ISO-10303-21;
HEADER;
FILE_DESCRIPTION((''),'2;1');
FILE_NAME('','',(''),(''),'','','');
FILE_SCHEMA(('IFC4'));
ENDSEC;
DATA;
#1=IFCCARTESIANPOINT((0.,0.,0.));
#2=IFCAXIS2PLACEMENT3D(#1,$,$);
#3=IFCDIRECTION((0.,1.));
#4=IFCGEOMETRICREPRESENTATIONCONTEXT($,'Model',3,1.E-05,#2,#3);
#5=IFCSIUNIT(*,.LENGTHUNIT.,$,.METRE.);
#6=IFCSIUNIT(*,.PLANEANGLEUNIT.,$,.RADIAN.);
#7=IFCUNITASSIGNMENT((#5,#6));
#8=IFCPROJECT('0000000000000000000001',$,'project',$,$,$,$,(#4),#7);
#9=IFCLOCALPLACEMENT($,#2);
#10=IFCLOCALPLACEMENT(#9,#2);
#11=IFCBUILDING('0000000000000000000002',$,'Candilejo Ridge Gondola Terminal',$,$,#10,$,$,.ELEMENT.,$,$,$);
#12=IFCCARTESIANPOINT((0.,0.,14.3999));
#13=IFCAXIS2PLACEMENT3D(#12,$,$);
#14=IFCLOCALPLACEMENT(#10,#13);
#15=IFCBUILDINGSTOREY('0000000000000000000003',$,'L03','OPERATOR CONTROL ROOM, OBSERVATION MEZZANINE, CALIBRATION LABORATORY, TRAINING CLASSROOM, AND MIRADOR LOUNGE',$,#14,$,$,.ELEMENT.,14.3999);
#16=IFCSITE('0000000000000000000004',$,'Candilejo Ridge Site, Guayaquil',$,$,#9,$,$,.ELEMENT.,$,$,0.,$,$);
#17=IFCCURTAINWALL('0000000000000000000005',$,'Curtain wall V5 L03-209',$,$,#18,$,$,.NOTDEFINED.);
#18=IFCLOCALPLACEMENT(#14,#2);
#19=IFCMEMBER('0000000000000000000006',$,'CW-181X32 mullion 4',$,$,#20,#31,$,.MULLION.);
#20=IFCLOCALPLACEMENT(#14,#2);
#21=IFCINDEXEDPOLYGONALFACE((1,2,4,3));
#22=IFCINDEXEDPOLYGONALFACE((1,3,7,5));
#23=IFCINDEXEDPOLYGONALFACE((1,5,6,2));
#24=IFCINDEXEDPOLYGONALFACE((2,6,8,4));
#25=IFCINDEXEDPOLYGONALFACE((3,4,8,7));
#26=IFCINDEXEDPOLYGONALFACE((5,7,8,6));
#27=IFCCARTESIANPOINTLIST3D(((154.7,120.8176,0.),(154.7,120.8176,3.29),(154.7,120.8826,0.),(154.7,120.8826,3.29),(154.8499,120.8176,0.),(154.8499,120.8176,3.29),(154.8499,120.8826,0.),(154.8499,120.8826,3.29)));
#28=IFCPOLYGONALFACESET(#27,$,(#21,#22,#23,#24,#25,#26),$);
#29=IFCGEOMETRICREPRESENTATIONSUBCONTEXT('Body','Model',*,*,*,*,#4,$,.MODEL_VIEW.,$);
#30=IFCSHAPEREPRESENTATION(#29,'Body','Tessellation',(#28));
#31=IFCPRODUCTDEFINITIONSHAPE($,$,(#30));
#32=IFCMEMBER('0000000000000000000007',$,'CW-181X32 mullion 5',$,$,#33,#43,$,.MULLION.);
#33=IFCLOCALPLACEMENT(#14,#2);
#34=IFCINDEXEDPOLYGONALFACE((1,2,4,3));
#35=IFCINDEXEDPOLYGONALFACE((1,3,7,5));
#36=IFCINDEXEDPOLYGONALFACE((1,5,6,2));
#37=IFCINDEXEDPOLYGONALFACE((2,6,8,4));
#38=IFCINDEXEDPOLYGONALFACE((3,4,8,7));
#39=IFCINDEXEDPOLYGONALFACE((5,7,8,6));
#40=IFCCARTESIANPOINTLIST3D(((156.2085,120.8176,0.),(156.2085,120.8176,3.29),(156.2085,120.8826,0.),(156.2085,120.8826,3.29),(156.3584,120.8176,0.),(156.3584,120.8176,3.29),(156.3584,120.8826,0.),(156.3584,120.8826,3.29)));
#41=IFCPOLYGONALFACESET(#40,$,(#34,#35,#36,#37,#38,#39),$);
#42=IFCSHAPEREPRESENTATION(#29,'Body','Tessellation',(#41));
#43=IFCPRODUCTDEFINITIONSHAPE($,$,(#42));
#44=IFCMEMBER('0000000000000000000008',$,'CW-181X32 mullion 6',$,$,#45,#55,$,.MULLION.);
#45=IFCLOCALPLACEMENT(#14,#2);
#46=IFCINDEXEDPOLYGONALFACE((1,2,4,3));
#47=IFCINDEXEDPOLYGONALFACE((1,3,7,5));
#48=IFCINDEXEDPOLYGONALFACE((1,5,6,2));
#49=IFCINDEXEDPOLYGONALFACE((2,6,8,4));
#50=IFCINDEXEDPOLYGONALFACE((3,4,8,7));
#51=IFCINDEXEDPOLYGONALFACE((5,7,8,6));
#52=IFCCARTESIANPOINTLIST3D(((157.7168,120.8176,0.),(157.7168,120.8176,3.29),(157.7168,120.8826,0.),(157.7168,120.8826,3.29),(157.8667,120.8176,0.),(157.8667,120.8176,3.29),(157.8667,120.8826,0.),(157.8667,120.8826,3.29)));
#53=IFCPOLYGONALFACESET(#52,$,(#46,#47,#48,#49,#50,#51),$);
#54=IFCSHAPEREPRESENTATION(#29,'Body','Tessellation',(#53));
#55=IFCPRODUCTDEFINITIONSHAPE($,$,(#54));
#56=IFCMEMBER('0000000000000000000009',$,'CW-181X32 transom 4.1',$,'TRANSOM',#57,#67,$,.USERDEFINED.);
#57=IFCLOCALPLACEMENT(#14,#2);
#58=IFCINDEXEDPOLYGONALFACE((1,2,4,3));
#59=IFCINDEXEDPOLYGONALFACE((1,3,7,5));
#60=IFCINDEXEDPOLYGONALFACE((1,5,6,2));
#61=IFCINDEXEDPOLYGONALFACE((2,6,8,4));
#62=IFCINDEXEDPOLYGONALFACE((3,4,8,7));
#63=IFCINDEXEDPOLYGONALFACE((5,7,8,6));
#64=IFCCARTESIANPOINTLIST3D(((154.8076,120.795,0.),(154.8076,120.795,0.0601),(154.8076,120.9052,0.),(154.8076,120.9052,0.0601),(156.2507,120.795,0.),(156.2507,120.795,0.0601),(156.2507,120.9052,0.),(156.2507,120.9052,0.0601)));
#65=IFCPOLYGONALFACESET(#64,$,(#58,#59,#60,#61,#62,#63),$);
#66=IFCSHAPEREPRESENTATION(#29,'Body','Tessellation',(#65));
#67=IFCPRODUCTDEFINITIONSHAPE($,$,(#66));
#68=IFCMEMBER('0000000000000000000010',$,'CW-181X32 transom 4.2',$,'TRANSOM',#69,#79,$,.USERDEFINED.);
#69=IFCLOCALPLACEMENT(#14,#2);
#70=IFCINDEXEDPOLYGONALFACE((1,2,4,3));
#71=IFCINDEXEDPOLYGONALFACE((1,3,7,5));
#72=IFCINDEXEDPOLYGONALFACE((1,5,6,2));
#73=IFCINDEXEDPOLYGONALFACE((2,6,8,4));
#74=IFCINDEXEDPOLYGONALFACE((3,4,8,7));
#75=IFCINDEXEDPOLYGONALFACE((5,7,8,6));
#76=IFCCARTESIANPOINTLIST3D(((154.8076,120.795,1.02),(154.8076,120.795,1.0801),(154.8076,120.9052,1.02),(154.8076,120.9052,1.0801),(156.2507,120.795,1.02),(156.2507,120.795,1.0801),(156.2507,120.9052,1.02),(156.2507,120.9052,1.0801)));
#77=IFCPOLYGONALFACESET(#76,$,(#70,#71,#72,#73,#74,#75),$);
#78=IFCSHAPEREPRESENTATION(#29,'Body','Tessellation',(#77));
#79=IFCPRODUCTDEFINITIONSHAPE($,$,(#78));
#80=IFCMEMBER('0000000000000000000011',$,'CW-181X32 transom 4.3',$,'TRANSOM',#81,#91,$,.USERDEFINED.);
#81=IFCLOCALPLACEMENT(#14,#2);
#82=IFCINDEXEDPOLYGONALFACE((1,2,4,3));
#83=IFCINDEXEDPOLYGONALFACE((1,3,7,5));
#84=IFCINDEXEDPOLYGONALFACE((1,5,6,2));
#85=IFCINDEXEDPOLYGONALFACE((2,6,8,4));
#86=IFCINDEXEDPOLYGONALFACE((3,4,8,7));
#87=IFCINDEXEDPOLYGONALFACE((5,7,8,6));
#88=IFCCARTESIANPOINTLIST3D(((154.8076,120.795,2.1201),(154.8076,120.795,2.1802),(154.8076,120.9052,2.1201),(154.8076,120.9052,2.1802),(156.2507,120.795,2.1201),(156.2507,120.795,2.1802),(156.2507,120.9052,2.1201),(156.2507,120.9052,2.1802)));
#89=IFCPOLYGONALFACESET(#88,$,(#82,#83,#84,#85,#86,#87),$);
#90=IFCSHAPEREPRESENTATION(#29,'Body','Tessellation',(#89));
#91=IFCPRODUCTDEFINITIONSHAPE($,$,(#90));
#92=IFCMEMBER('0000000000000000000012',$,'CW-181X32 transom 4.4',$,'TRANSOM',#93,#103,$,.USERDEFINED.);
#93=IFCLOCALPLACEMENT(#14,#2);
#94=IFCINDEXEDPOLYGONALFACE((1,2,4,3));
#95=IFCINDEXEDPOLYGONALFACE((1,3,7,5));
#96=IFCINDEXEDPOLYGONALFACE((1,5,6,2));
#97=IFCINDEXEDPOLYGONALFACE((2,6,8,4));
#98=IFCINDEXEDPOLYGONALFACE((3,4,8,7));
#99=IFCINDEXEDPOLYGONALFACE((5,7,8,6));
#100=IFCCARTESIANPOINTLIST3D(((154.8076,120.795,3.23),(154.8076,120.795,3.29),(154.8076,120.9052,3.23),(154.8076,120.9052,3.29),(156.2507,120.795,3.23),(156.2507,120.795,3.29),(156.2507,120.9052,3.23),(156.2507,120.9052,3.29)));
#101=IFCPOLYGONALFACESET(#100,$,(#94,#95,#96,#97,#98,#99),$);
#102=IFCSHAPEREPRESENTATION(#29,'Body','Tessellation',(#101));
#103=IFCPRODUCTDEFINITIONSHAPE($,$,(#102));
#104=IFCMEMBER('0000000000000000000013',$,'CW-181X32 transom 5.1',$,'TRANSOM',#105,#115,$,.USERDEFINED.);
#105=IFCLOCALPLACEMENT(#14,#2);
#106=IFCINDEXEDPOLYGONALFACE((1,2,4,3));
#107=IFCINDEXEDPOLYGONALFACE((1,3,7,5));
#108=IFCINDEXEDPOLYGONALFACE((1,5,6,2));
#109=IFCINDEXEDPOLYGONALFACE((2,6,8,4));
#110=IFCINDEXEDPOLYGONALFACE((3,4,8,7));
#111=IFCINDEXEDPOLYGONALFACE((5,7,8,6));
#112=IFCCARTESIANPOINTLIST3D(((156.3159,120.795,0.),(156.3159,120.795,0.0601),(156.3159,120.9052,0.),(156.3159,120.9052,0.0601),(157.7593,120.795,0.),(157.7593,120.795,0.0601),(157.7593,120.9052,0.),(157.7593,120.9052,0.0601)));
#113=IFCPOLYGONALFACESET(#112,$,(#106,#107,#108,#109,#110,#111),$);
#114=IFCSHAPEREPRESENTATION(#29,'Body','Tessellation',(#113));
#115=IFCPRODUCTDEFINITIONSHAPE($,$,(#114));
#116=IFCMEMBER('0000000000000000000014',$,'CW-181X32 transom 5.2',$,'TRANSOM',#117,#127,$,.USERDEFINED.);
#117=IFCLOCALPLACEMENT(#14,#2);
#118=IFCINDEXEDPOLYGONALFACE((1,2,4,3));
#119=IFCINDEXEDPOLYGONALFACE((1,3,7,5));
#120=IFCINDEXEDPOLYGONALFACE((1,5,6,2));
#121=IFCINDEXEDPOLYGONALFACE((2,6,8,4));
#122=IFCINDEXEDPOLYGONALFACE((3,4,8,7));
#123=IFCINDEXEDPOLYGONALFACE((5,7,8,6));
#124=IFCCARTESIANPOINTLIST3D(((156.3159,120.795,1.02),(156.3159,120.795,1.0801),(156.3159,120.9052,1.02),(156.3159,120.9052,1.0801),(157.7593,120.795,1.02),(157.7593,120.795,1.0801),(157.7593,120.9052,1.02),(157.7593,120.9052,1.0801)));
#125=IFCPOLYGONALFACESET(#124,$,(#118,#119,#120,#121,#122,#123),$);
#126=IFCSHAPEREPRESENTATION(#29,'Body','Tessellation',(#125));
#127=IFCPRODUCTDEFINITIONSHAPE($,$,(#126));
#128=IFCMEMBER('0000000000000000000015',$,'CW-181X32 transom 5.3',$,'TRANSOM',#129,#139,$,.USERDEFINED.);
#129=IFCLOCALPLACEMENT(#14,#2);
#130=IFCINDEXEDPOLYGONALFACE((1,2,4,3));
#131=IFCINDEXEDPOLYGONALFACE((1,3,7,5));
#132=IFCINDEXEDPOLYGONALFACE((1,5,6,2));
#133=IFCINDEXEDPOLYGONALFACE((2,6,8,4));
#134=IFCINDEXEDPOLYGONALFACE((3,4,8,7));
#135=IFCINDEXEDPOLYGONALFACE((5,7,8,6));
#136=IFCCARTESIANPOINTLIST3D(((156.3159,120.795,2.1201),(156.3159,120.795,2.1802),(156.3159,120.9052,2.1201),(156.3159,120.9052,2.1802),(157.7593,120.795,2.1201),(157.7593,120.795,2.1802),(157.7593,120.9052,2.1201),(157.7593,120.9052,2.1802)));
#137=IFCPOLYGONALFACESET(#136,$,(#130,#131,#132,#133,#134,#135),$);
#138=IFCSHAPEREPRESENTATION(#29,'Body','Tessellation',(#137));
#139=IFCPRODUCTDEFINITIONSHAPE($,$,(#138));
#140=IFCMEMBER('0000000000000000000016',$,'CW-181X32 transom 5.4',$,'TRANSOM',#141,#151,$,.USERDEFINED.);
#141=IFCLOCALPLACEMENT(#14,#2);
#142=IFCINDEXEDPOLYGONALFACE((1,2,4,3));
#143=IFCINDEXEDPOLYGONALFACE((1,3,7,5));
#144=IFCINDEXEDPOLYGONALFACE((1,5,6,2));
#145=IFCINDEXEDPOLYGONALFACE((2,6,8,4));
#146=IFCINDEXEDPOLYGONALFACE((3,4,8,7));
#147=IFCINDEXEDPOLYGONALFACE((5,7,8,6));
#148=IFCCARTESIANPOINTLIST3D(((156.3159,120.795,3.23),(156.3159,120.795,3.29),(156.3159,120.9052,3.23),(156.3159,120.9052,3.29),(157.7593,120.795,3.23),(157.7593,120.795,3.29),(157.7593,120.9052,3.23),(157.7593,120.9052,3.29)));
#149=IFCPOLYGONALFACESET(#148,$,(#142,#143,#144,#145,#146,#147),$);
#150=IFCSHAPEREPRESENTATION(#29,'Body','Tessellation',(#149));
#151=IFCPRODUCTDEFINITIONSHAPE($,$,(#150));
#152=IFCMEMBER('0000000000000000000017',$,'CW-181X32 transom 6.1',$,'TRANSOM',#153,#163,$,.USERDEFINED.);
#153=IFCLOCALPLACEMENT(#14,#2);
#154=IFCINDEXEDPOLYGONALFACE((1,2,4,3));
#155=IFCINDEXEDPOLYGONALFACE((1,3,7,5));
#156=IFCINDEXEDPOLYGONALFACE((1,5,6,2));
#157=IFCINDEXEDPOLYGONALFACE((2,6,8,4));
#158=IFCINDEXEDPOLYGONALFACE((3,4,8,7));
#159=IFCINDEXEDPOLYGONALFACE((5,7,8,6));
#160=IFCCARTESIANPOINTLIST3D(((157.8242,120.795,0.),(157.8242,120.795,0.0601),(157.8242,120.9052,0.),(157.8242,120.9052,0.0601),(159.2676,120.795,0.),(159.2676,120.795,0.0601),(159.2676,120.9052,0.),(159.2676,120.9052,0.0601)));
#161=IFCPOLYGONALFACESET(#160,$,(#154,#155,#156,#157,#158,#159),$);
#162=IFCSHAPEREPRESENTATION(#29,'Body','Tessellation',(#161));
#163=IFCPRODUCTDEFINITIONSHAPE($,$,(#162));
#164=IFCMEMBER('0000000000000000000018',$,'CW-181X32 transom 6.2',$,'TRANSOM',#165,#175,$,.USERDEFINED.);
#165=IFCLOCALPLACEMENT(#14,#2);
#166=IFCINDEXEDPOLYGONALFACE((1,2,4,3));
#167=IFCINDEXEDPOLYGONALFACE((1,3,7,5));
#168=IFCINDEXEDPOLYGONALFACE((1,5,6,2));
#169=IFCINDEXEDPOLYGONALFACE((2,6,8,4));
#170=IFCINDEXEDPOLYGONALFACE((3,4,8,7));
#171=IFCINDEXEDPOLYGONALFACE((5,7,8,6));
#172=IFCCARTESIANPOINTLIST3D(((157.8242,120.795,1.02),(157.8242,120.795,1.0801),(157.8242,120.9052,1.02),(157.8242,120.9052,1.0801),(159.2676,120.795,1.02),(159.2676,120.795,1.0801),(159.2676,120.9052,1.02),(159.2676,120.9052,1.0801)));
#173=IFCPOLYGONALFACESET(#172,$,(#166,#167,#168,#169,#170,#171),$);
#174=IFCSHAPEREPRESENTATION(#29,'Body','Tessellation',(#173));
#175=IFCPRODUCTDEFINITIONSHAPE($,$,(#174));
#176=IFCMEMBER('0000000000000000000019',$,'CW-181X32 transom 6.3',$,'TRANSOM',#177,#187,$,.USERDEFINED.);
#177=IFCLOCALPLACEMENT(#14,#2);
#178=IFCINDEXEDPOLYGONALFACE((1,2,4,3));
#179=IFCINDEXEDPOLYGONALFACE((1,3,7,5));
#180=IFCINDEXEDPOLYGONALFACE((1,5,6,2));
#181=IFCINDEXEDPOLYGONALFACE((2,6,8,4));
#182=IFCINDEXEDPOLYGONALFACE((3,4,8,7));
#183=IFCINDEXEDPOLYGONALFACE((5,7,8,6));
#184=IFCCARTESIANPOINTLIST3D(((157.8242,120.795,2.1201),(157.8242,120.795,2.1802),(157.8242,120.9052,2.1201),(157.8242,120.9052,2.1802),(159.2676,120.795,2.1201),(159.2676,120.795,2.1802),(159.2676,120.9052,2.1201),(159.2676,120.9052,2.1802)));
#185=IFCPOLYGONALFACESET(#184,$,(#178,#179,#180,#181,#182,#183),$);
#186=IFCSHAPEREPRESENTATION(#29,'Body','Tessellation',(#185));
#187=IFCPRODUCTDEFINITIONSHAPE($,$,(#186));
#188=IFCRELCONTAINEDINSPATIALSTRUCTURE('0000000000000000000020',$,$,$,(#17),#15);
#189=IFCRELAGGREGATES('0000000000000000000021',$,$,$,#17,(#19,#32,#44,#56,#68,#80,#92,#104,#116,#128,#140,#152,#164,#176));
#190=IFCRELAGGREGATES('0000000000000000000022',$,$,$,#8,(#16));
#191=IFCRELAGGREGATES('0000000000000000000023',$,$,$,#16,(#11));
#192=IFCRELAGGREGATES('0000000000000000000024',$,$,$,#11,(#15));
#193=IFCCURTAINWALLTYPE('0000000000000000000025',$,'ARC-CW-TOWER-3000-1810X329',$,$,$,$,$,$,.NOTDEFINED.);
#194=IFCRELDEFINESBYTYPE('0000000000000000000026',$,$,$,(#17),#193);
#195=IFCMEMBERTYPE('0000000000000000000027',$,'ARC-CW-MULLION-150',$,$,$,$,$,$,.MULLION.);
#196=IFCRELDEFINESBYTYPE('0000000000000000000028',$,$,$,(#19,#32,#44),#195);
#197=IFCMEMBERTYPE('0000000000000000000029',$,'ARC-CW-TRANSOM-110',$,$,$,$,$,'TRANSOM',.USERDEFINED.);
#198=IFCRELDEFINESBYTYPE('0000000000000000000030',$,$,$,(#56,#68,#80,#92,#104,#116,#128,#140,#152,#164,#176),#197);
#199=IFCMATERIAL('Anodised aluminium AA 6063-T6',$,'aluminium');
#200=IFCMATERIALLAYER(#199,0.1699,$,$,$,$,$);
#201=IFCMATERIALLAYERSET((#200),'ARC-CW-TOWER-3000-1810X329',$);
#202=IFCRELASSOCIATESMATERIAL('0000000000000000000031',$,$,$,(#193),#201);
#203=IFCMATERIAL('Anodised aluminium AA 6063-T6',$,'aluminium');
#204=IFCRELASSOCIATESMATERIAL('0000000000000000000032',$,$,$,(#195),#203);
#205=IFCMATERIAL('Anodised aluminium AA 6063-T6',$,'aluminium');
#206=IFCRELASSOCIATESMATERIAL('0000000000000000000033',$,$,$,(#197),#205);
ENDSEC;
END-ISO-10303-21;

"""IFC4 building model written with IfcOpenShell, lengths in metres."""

from ifc_helpers import new_model, si_unit, direction, frame, origin, origin_2d, place, context, subcontext, project, spatial, rectangle, extrude, material, layer, layer_set, material_profile, profile_set, type_object, element, aggregate, save


model = new_model("IFC4")

# Units and contexts
model_context = context("Model", 3, precision=1e-05, world=origin(), true_north=direction((0.0, 1.0)))
body_context = subcontext(model_context, "Body", "Model", "MODEL_VIEW")
ifc_project = project(units=[si_unit("LENGTHUNIT", "METRE"), si_unit("PLANEANGLEUNIT", "RADIAN")], contexts=[model_context])

# Site, building, storey
site_placement = place(None, origin())
site = spatial("IfcSite", under=ifc_project, at=site_placement, Name="Candilejo Ridge Site, Guayaquil", CompositionType="ELEMENT", RefElevation=0.0)
building_placement = place(site_placement, origin())
building = spatial("IfcBuilding", under=site, at=building_placement, Name="Candilejo Ridge Gondola Terminal", CompositionType="ELEMENT")
storey_placement = place(building_placement, frame((0.0, 0.0, 14.3999)))
storey = spatial("IfcBuildingStorey", under=building, at=storey_placement, Name="L03", Description="OPERATOR CONTROL ROOM, OBSERVATION MEZZANINE, CALIBRATION LABORATORY, TRAINING CLASSROOM, AND MIRADOR LOUNGE", CompositionType="ELEMENT", Elevation=14.3999)

# Curtain wall, members
ifc_material_1 = material(Name="Anodised aluminium AA 6063-T6", Category="aluminium")
ifc_layer_1 = layer(ifc_material_1, 0.1699)
ifc_layer_set_1 = layer_set([ifc_layer_1], Name="ARC-CW-TOWER-3000-1810X329")
curtain_wall_type = type_object("IfcCurtainWallType", Name="ARC-CW-TOWER-3000-1810X329", PredefinedType="NOTDEFINED", material=ifc_layer_set_1)
curtain_wall_placement = place(storey_placement, origin())
curtain_wall = element("IfcCurtainWall", 1, at=curtain_wall_placement, inside=storey, type_object=curtain_wall_type, Name="Curtain wall V5 L03-209", PredefinedType="NOTDEFINED")
ifc_material_2 = material(Name="Anodised aluminium AA 6063-T6", Category="aluminium")
ifc_material_profile_1 = material_profile(ifc_material_2, rectangle(XDim=0.0649, YDim=0.1499, at=origin_2d()))
ifc_profile_set_1 = profile_set([ifc_material_profile_1], Name="Anodised aluminium AA 6063-T6")
member_type_1 = type_object("IfcMemberType", Name="ARC-CW-MULLION-150", PredefinedType="MULLION", material=ifc_profile_set_1)
member_1_placement = place(storey_placement, frame((154.7749, 120.8501, 0.0), z_axis=(0.0, 0.0, 1.0), x_axis=(0.0, 1.0, 0.0)))
member_1 = element("IfcMember", 2, at=member_1_placement, type_object=member_type_1, Name="CW-181X32 mullion 4", PredefinedType="MULLION", context=body_context, shape_type="SweptSolid", body=[
    extrude(rectangle(XDim=0.0649, YDim=0.1499, at=origin_2d()), origin(), (0.0, 0.0, 1.0), 3.29),
])
member_2_placement = place(storey_placement, frame((156.2834, 120.8501, 0.0), z_axis=(0.0, 0.0, 1.0), x_axis=(0.0, 1.0, 0.0)))
member_2 = element("IfcMember", 3, at=member_2_placement, type_object=member_type_1, Name="CW-181X32 mullion 5", PredefinedType="MULLION", context=body_context, shape_type="SweptSolid", body=[
    extrude(rectangle(XDim=0.0649, YDim=0.1499, at=origin_2d()), origin(), (0.0, 0.0, 1.0), 3.29),
])
member_3_placement = place(storey_placement, frame((157.7917, 120.8501, 0.0), z_axis=(0.0, 0.0, 1.0), x_axis=(0.0, 1.0, 0.0)))
member_3 = element("IfcMember", 4, at=member_3_placement, type_object=member_type_1, Name="CW-181X32 mullion 6", PredefinedType="MULLION", context=body_context, shape_type="SweptSolid", body=[
    extrude(rectangle(XDim=0.0649, YDim=0.1499, at=origin_2d()), origin(), (0.0, 0.0, 1.0), 3.29),
])
ifc_material_3 = material(Name="Anodised aluminium AA 6063-T6", Category="aluminium")
ifc_material_profile_2 = material_profile(ifc_material_3, rectangle(XDim=0.1101, YDim=0.0601, at=origin_2d()))
ifc_profile_set_2 = profile_set([ifc_material_profile_2], Name="Anodised aluminium AA 6063-T6")
member_type_2 = type_object("IfcMemberType", Name="ARC-CW-TRANSOM-110", ElementType="TRANSOM", PredefinedType="USERDEFINED", material=ifc_profile_set_2)
member_4_placement = place(storey_placement, frame((154.8076, 120.8501, 0.03), z_axis=(1.0, 0.0, 0.0), x_axis=(0.0, 1.0, 0.0)))
member_4 = element("IfcMember", 5, at=member_4_placement, type_object=member_type_2, Name="CW-181X32 transom 4.1", ObjectType="TRANSOM", PredefinedType="USERDEFINED", context=body_context, shape_type="SweptSolid", body=[
    extrude(rectangle(XDim=0.1101, YDim=0.0601, at=origin_2d()), origin(), (0.0, 0.0, 1.0), 1.4431),
])
member_5_placement = place(storey_placement, frame((154.8076, 120.8501, 1.05), z_axis=(1.0, 0.0, 0.0), x_axis=(0.0, 1.0, 0.0)))
member_5 = element("IfcMember", 6, at=member_5_placement, type_object=member_type_2, Name="CW-181X32 transom 4.2", ObjectType="TRANSOM", PredefinedType="USERDEFINED", context=body_context, shape_type="SweptSolid", body=[
    extrude(rectangle(XDim=0.1101, YDim=0.0601, at=origin_2d()), origin(), (0.0, 0.0, 1.0), 1.4431),
])
member_6_placement = place(storey_placement, frame((154.8076, 120.8501, 2.1501), z_axis=(1.0, 0.0, 0.0), x_axis=(0.0, 1.0, 0.0)))
member_6 = element("IfcMember", 7, at=member_6_placement, type_object=member_type_2, Name="CW-181X32 transom 4.3", ObjectType="TRANSOM", PredefinedType="USERDEFINED", context=body_context, shape_type="SweptSolid", body=[
    extrude(rectangle(XDim=0.1101, YDim=0.0601, at=origin_2d()), origin(), (0.0, 0.0, 1.0), 1.4431),
])
member_7_placement = place(storey_placement, frame((154.8076, 120.8501, 3.26), z_axis=(1.0, 0.0, 0.0), x_axis=(0.0, 1.0, 0.0)))
member_7 = element("IfcMember", 8, at=member_7_placement, type_object=member_type_2, Name="CW-181X32 transom 4.4", ObjectType="TRANSOM", PredefinedType="USERDEFINED", context=body_context, shape_type="SweptSolid", body=[
    extrude(rectangle(XDim=0.1101, YDim=0.0601, at=origin_2d()), origin(), (0.0, 0.0, 1.0), 1.4431),
])
member_8_placement = place(storey_placement, frame((156.3159, 120.8501, 0.03), z_axis=(1.0, 0.0, 0.0), x_axis=(0.0, 1.0, 0.0)))
member_8 = element("IfcMember", 9, at=member_8_placement, type_object=member_type_2, Name="CW-181X32 transom 5.1", ObjectType="TRANSOM", PredefinedType="USERDEFINED", context=body_context, shape_type="SweptSolid", body=[
    extrude(rectangle(XDim=0.1101, YDim=0.0601, at=origin_2d()), origin(), (0.0, 0.0, 1.0), 1.4434),
])
member_9_placement = place(storey_placement, frame((156.3159, 120.8501, 1.05), z_axis=(1.0, 0.0, 0.0), x_axis=(0.0, 1.0, 0.0)))
member_9 = element("IfcMember", 10, at=member_9_placement, type_object=member_type_2, Name="CW-181X32 transom 5.2", ObjectType="TRANSOM", PredefinedType="USERDEFINED", context=body_context, shape_type="SweptSolid", body=[
    extrude(rectangle(XDim=0.1101, YDim=0.0601, at=origin_2d()), origin(), (0.0, 0.0, 1.0), 1.4434),
])
member_10_placement = place(storey_placement, frame((156.3159, 120.8501, 2.1501), z_axis=(1.0, 0.0, 0.0), x_axis=(0.0, 1.0, 0.0)))
member_10 = element("IfcMember", 11, at=member_10_placement, type_object=member_type_2, Name="CW-181X32 transom 5.3", ObjectType="TRANSOM", PredefinedType="USERDEFINED", context=body_context, shape_type="SweptSolid", body=[
    extrude(rectangle(XDim=0.1101, YDim=0.0601, at=origin_2d()), origin(), (0.0, 0.0, 1.0), 1.4434),
])
member_11_placement = place(storey_placement, frame((156.3159, 120.8501, 3.26), z_axis=(1.0, 0.0, 0.0), x_axis=(0.0, 1.0, 0.0)))
member_11 = element("IfcMember", 12, at=member_11_placement, type_object=member_type_2, Name="CW-181X32 transom 5.4", ObjectType="TRANSOM", PredefinedType="USERDEFINED", context=body_context, shape_type="SweptSolid", body=[
    extrude(rectangle(XDim=0.1101, YDim=0.0601, at=origin_2d()), origin(), (0.0, 0.0, 1.0), 1.4434),
])
member_12_placement = place(storey_placement, frame((157.8242, 120.8501, 0.03), z_axis=(1.0, 0.0, 0.0), x_axis=(0.0, 1.0, 0.0)))
member_12 = element("IfcMember", 13, at=member_12_placement, type_object=member_type_2, Name="CW-181X32 transom 6.1", ObjectType="TRANSOM", PredefinedType="USERDEFINED", context=body_context, shape_type="SweptSolid", body=[
    extrude(rectangle(XDim=0.1101, YDim=0.0601, at=origin_2d()), origin(), (0.0, 0.0, 1.0), 1.4434),
])
member_13_placement = place(storey_placement, frame((157.8242, 120.8501, 1.05), z_axis=(1.0, 0.0, 0.0), x_axis=(0.0, 1.0, 0.0)))
member_13 = element("IfcMember", 14, at=member_13_placement, type_object=member_type_2, Name="CW-181X32 transom 6.2", ObjectType="TRANSOM", PredefinedType="USERDEFINED", context=body_context, shape_type="SweptSolid", body=[
    extrude(rectangle(XDim=0.1101, YDim=0.0601, at=origin_2d()), origin(), (0.0, 0.0, 1.0), 1.4434),
])
member_14_placement = place(storey_placement, frame((157.8242, 120.8501, 2.1501), z_axis=(1.0, 0.0, 0.0), x_axis=(0.0, 1.0, 0.0)))
member_14 = element("IfcMember", 15, at=member_14_placement, type_object=member_type_2, Name="CW-181X32 transom 6.3", ObjectType="TRANSOM", PredefinedType="USERDEFINED", context=body_context, shape_type="SweptSolid", body=[
    extrude(rectangle(XDim=0.1101, YDim=0.0601, at=origin_2d()), origin(), (0.0, 0.0, 1.0), 1.4434),
])
aggregate(curtain_wall, [member_1, member_2, member_3, member_4, member_5, member_6, member_7, member_8, member_9, member_10, member_11, member_12, member_13, member_14])

save(model, "model.ifc")
